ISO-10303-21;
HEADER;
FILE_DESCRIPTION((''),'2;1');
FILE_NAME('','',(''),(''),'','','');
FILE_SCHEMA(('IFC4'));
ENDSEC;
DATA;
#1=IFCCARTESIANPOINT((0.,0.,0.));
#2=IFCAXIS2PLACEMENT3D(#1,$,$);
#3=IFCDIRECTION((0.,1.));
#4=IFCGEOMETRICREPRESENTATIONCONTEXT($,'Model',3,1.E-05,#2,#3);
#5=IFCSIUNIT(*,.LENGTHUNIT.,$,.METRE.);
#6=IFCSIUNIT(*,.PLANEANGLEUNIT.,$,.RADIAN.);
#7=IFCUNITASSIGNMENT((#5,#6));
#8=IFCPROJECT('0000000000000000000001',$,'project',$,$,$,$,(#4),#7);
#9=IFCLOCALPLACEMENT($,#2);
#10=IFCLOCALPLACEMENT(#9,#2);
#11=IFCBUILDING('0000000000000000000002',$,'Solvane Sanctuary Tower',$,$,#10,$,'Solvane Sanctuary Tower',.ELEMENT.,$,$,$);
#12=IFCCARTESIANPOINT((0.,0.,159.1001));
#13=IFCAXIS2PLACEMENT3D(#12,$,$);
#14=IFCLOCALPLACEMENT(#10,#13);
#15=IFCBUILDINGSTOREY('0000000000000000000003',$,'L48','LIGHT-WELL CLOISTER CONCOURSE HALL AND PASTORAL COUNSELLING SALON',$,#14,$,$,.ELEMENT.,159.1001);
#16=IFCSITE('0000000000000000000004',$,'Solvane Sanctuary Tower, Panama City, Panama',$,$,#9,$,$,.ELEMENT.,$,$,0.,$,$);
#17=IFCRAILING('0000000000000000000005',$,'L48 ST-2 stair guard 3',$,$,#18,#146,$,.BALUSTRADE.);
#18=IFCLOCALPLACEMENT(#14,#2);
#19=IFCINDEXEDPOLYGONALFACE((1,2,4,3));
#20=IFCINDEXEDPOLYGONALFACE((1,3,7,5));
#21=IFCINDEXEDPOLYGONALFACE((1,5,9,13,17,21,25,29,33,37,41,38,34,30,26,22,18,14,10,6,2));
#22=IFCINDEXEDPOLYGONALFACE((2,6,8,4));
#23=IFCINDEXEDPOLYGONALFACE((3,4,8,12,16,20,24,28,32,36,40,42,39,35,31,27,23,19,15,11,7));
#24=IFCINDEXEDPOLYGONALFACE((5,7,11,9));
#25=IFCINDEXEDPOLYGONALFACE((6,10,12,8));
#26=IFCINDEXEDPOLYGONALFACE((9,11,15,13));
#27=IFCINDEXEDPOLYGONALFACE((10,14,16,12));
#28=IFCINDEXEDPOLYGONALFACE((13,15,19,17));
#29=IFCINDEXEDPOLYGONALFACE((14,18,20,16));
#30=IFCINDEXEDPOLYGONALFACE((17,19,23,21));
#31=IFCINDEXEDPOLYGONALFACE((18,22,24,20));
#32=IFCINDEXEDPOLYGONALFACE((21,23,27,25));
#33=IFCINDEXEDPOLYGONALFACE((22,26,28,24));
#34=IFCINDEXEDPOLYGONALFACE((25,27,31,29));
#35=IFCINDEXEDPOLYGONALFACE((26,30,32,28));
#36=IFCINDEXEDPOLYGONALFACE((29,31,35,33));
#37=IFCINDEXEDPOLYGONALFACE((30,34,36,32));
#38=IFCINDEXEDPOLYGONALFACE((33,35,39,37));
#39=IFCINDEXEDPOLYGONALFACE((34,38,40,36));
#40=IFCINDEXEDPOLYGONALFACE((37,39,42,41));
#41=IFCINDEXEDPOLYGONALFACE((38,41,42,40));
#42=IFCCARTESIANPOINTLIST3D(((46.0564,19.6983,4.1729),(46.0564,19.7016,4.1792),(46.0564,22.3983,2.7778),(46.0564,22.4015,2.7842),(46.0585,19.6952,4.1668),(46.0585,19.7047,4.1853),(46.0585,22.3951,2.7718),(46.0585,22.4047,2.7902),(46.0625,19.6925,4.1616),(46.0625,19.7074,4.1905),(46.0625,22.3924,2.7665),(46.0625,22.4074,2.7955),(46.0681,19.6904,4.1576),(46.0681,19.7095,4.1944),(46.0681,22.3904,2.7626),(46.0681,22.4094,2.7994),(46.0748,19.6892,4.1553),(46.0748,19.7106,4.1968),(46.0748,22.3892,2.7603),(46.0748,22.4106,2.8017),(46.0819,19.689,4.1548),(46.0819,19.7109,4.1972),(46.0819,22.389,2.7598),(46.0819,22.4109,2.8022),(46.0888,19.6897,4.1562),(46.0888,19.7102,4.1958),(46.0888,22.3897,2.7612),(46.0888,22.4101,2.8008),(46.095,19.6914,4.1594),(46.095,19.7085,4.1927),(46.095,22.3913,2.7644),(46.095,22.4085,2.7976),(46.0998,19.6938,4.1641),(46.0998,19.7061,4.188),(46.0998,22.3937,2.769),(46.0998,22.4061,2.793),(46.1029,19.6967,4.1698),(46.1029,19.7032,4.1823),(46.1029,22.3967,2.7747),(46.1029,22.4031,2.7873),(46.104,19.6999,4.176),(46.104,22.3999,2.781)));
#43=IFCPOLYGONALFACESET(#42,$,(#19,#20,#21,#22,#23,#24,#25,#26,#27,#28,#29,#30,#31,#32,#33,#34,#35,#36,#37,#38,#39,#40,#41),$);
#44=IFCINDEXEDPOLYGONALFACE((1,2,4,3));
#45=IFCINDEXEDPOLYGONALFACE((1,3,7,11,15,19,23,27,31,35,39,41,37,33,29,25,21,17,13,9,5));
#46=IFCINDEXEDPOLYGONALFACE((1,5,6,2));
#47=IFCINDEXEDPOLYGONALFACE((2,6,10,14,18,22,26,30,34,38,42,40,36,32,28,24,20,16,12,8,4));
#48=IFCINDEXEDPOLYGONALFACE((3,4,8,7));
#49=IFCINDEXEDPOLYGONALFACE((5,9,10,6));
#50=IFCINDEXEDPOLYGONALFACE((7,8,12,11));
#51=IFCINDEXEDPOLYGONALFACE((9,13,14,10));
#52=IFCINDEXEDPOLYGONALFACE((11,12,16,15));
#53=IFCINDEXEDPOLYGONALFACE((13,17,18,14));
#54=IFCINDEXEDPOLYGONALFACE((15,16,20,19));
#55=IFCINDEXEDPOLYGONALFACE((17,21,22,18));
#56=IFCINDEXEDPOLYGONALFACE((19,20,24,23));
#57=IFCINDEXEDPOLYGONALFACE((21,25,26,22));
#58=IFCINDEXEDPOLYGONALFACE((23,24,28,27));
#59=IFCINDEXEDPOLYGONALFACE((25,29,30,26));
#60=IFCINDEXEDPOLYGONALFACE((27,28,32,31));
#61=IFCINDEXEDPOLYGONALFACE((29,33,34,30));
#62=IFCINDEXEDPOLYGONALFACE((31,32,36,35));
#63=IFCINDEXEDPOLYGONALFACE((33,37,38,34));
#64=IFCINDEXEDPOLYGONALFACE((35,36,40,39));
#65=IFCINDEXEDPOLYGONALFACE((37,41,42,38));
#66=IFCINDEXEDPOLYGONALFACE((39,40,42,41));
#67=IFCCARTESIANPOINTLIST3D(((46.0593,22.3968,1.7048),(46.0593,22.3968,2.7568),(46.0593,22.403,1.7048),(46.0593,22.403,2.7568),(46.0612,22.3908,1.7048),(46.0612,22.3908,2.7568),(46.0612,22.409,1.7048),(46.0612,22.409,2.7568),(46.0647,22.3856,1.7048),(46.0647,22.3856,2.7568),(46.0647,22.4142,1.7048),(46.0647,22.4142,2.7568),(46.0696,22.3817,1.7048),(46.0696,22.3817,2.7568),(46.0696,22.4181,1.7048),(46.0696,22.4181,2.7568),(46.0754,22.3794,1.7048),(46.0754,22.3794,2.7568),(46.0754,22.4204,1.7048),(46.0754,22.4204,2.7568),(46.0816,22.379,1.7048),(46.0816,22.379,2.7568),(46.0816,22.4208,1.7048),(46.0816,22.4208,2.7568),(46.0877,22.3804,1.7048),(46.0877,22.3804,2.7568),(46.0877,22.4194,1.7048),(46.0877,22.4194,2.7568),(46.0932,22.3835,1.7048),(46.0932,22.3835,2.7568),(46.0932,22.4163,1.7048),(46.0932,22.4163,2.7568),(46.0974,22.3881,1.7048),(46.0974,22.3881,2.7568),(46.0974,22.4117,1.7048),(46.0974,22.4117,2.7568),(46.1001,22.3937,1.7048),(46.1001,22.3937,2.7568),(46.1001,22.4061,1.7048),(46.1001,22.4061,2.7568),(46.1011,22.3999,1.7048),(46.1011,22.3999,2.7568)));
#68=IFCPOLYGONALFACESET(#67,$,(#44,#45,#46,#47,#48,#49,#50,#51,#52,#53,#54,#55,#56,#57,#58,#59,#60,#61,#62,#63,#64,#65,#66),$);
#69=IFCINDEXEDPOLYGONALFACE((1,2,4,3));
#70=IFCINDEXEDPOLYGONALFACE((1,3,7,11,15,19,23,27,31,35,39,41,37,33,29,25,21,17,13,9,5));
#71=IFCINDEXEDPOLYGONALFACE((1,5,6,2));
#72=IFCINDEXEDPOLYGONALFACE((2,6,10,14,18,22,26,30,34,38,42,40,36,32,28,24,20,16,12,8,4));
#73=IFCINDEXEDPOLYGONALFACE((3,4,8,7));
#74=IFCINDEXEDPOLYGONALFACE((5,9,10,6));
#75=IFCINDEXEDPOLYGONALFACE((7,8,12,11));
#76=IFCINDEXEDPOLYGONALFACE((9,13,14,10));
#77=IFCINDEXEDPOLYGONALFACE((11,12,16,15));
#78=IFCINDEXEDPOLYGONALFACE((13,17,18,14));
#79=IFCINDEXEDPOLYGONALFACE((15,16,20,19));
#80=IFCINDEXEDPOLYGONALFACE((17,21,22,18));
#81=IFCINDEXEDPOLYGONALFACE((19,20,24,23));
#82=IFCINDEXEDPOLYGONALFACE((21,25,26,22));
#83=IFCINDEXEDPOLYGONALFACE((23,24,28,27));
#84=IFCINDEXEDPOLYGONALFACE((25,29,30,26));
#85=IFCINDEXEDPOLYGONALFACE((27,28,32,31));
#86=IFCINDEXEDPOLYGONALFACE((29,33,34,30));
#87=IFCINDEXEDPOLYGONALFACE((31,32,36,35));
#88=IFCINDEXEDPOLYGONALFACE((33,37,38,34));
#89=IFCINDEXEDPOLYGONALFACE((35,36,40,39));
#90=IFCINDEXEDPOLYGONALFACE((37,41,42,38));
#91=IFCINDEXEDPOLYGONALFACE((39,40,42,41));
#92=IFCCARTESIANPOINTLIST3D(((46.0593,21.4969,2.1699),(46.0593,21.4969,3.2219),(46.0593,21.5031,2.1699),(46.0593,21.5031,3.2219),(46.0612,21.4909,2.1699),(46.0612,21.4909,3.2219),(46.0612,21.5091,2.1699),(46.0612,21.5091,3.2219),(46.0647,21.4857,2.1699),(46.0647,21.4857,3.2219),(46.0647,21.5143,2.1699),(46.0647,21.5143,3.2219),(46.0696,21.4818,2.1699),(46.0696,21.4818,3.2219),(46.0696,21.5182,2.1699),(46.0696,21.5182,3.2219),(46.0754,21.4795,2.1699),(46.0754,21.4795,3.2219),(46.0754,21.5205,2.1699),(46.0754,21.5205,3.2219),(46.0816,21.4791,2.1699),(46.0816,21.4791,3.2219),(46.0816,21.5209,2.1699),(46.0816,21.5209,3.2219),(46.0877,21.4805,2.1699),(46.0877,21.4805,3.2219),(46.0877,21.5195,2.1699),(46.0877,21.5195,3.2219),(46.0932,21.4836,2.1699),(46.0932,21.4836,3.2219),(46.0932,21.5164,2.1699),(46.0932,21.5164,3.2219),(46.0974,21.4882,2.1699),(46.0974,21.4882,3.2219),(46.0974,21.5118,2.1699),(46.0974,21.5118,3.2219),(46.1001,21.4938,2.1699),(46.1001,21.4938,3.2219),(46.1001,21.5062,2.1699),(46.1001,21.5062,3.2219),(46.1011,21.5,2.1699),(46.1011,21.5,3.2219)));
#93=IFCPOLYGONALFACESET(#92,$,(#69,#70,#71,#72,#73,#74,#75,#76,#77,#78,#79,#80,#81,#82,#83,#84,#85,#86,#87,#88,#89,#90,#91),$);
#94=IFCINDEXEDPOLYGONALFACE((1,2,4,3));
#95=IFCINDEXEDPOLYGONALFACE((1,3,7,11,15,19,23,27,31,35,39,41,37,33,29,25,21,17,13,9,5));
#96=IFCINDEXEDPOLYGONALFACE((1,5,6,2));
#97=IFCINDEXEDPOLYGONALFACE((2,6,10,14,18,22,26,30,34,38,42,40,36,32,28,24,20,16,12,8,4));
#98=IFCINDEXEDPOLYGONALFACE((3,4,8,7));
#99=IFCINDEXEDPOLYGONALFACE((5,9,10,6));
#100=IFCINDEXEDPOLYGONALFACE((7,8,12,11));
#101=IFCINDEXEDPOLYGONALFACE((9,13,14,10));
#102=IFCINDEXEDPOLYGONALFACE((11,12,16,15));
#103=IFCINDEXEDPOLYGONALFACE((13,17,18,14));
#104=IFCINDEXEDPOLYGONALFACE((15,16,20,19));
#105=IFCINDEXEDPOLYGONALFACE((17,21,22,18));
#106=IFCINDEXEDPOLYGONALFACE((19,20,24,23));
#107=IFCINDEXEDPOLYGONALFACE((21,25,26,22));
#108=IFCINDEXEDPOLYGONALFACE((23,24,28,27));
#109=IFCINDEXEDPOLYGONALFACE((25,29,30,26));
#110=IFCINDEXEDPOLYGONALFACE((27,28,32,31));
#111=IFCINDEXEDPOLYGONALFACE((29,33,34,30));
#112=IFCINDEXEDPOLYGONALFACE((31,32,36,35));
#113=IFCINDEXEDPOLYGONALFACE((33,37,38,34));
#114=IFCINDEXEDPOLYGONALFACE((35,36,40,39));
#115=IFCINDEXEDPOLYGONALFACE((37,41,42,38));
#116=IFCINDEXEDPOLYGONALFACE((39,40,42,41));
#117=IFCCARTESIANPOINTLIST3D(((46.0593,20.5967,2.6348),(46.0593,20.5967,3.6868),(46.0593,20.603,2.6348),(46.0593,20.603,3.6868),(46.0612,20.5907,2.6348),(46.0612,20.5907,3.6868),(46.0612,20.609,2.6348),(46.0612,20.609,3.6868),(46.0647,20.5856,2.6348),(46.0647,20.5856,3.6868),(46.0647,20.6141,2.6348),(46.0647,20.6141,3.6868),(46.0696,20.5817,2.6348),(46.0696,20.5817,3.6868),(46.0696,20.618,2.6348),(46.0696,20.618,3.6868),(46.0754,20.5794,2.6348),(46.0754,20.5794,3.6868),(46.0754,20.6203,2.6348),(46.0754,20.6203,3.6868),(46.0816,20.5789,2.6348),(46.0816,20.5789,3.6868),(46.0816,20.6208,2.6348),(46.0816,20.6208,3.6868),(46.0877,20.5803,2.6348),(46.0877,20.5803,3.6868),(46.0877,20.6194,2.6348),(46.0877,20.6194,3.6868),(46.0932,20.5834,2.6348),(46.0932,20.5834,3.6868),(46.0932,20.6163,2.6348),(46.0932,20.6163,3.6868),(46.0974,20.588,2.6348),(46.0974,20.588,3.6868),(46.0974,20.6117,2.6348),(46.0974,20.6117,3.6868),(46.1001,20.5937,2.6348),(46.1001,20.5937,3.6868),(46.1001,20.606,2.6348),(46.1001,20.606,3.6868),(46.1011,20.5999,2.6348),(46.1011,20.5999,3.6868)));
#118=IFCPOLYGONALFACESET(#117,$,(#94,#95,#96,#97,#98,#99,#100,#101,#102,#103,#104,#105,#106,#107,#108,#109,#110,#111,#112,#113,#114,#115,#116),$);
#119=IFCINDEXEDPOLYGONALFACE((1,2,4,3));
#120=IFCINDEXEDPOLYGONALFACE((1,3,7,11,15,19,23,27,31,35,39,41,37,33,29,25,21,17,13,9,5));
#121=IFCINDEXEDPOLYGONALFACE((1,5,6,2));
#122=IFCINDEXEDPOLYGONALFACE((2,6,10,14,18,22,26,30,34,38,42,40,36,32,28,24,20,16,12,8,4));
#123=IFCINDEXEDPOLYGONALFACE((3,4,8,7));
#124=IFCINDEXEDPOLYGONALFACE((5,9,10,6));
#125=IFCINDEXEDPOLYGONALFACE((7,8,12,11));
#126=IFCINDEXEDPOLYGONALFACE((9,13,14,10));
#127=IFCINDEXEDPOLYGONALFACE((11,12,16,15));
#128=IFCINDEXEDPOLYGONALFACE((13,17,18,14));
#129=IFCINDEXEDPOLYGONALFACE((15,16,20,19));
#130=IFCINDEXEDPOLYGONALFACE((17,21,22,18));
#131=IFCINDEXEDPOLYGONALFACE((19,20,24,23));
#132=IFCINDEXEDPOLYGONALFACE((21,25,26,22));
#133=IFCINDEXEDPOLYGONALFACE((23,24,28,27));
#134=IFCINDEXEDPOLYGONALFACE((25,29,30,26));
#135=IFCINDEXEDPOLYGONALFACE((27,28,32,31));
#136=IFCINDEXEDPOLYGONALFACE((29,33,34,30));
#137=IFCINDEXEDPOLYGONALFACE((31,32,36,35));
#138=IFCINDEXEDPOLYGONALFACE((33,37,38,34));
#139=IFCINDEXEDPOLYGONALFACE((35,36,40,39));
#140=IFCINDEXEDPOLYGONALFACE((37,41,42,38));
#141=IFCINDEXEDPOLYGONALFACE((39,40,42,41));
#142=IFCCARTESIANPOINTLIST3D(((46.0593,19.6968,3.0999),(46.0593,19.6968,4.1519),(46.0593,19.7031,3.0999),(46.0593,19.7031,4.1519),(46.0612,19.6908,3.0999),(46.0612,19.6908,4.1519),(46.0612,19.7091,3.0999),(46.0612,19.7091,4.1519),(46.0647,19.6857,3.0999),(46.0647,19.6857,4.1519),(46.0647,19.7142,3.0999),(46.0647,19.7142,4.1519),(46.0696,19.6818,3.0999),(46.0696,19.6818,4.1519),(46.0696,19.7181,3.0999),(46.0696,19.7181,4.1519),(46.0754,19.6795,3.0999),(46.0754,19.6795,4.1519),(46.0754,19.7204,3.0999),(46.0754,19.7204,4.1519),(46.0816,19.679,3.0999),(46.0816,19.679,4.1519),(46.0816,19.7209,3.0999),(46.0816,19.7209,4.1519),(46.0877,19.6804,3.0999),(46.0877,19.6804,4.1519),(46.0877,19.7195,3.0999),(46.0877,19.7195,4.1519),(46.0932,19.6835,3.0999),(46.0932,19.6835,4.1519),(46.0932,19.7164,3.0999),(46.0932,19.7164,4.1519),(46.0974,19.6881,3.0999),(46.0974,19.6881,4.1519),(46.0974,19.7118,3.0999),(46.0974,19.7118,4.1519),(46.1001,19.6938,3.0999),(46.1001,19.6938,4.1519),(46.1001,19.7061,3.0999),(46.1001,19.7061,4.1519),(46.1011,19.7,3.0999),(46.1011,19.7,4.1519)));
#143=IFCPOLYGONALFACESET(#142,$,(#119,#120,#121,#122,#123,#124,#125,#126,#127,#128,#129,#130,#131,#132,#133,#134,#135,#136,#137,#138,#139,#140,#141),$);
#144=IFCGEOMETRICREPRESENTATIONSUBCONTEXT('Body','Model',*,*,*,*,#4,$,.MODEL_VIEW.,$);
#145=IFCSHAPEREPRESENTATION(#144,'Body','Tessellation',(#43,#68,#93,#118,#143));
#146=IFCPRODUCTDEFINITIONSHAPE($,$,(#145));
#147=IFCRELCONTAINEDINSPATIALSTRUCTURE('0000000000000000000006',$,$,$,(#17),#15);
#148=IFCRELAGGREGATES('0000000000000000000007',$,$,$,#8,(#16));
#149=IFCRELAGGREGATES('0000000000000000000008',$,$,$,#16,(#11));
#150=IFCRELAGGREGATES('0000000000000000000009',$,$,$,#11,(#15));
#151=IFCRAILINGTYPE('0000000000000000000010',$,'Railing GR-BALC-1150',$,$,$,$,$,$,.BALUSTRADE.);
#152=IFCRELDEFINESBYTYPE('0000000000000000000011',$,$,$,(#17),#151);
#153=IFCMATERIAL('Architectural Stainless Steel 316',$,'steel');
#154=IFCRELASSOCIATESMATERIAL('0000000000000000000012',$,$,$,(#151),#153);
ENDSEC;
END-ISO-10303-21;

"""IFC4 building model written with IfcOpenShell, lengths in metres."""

from ifc_helpers import new_model, si_unit, direction, frame, origin, origin_2d, place, context, subcontext, project, spatial, circle, extrude, material, type_object, element, save


model = new_model("IFC4")

# Units and contexts
model_context = context("Model", 3, precision=1e-05, world=origin(), true_north=direction((0.0, 1.0)))
body_context = subcontext(model_context, "Body", "Model", "MODEL_VIEW")
ifc_project = project(units=[si_unit("LENGTHUNIT", "METRE"), si_unit("PLANEANGLEUNIT", "RADIAN")], contexts=[model_context])

# Site, building, storey
site_placement = place(None, origin())
site = spatial("IfcSite", under=ifc_project, at=site_placement, Name="Solvane Sanctuary Tower, Panama City, Panama", CompositionType="ELEMENT", RefElevation=0.0)
building_placement = place(site_placement, origin())
building = spatial("IfcBuilding", under=site, at=building_placement, Name="Solvane Sanctuary Tower", LongName="Solvane Sanctuary Tower", CompositionType="ELEMENT")
storey_placement = place(building_placement, frame((0.0, 0.0, 159.1001)))
storey = spatial("IfcBuildingStorey", under=building, at=storey_placement, Name="L48", Description="LIGHT-WELL CLOISTER CONCOURSE HALL AND PASTORAL COUNSELLING SALON", CompositionType="ELEMENT", Elevation=159.1001)

# Shared definitions
ifc_material_1 = material(Name="Architectural Stainless Steel 316", Category="steel")

# Railing
railing_type_1 = type_object("IfcRailingType", Name="Railing GR-BALC-1150", PredefinedType="BALUSTRADE", material=ifc_material_1)
railing_1_placement = place(storey_placement, frame((46.0801, 22.3999, 1.7048)))
element("IfcRailing", 1, at=railing_1_placement, inside=storey, type_object=railing_type_1, Name="L48 ST-2 stair guard 3", PredefinedType="BALUSTRADE", context=body_context, shape_type="SweptSolid", body=[
    extrude(circle(Radius=0.0239, at=origin_2d()), frame((0.0, 0.0, 1.0762), z_axis=(0.0, -0.88842, 0.459032), x_axis=(1.0, 0.0, 0.0)), (0.0, 0.0, 1.0), 3.0391),
    extrude(circle(Radius=0.021, at=origin_2d()), origin(), (0.0, 0.0, 1.0), 1.052),
    extrude(circle(Radius=0.021, at=origin_2d()), frame((0.0, -0.8999, 0.4651)), (0.0, 0.0, 1.0), 1.052),
    extrude(circle(Radius=0.021, at=origin_2d()), frame((0.0, -1.8, 0.9299)), (0.0, 0.0, 1.0), 1.052),
    extrude(circle(Radius=0.021, at=origin_2d()), frame((0.0, -2.7, 1.395)), (0.0, 0.0, 1.0), 1.052),
])

save(model, "model.ifc")
